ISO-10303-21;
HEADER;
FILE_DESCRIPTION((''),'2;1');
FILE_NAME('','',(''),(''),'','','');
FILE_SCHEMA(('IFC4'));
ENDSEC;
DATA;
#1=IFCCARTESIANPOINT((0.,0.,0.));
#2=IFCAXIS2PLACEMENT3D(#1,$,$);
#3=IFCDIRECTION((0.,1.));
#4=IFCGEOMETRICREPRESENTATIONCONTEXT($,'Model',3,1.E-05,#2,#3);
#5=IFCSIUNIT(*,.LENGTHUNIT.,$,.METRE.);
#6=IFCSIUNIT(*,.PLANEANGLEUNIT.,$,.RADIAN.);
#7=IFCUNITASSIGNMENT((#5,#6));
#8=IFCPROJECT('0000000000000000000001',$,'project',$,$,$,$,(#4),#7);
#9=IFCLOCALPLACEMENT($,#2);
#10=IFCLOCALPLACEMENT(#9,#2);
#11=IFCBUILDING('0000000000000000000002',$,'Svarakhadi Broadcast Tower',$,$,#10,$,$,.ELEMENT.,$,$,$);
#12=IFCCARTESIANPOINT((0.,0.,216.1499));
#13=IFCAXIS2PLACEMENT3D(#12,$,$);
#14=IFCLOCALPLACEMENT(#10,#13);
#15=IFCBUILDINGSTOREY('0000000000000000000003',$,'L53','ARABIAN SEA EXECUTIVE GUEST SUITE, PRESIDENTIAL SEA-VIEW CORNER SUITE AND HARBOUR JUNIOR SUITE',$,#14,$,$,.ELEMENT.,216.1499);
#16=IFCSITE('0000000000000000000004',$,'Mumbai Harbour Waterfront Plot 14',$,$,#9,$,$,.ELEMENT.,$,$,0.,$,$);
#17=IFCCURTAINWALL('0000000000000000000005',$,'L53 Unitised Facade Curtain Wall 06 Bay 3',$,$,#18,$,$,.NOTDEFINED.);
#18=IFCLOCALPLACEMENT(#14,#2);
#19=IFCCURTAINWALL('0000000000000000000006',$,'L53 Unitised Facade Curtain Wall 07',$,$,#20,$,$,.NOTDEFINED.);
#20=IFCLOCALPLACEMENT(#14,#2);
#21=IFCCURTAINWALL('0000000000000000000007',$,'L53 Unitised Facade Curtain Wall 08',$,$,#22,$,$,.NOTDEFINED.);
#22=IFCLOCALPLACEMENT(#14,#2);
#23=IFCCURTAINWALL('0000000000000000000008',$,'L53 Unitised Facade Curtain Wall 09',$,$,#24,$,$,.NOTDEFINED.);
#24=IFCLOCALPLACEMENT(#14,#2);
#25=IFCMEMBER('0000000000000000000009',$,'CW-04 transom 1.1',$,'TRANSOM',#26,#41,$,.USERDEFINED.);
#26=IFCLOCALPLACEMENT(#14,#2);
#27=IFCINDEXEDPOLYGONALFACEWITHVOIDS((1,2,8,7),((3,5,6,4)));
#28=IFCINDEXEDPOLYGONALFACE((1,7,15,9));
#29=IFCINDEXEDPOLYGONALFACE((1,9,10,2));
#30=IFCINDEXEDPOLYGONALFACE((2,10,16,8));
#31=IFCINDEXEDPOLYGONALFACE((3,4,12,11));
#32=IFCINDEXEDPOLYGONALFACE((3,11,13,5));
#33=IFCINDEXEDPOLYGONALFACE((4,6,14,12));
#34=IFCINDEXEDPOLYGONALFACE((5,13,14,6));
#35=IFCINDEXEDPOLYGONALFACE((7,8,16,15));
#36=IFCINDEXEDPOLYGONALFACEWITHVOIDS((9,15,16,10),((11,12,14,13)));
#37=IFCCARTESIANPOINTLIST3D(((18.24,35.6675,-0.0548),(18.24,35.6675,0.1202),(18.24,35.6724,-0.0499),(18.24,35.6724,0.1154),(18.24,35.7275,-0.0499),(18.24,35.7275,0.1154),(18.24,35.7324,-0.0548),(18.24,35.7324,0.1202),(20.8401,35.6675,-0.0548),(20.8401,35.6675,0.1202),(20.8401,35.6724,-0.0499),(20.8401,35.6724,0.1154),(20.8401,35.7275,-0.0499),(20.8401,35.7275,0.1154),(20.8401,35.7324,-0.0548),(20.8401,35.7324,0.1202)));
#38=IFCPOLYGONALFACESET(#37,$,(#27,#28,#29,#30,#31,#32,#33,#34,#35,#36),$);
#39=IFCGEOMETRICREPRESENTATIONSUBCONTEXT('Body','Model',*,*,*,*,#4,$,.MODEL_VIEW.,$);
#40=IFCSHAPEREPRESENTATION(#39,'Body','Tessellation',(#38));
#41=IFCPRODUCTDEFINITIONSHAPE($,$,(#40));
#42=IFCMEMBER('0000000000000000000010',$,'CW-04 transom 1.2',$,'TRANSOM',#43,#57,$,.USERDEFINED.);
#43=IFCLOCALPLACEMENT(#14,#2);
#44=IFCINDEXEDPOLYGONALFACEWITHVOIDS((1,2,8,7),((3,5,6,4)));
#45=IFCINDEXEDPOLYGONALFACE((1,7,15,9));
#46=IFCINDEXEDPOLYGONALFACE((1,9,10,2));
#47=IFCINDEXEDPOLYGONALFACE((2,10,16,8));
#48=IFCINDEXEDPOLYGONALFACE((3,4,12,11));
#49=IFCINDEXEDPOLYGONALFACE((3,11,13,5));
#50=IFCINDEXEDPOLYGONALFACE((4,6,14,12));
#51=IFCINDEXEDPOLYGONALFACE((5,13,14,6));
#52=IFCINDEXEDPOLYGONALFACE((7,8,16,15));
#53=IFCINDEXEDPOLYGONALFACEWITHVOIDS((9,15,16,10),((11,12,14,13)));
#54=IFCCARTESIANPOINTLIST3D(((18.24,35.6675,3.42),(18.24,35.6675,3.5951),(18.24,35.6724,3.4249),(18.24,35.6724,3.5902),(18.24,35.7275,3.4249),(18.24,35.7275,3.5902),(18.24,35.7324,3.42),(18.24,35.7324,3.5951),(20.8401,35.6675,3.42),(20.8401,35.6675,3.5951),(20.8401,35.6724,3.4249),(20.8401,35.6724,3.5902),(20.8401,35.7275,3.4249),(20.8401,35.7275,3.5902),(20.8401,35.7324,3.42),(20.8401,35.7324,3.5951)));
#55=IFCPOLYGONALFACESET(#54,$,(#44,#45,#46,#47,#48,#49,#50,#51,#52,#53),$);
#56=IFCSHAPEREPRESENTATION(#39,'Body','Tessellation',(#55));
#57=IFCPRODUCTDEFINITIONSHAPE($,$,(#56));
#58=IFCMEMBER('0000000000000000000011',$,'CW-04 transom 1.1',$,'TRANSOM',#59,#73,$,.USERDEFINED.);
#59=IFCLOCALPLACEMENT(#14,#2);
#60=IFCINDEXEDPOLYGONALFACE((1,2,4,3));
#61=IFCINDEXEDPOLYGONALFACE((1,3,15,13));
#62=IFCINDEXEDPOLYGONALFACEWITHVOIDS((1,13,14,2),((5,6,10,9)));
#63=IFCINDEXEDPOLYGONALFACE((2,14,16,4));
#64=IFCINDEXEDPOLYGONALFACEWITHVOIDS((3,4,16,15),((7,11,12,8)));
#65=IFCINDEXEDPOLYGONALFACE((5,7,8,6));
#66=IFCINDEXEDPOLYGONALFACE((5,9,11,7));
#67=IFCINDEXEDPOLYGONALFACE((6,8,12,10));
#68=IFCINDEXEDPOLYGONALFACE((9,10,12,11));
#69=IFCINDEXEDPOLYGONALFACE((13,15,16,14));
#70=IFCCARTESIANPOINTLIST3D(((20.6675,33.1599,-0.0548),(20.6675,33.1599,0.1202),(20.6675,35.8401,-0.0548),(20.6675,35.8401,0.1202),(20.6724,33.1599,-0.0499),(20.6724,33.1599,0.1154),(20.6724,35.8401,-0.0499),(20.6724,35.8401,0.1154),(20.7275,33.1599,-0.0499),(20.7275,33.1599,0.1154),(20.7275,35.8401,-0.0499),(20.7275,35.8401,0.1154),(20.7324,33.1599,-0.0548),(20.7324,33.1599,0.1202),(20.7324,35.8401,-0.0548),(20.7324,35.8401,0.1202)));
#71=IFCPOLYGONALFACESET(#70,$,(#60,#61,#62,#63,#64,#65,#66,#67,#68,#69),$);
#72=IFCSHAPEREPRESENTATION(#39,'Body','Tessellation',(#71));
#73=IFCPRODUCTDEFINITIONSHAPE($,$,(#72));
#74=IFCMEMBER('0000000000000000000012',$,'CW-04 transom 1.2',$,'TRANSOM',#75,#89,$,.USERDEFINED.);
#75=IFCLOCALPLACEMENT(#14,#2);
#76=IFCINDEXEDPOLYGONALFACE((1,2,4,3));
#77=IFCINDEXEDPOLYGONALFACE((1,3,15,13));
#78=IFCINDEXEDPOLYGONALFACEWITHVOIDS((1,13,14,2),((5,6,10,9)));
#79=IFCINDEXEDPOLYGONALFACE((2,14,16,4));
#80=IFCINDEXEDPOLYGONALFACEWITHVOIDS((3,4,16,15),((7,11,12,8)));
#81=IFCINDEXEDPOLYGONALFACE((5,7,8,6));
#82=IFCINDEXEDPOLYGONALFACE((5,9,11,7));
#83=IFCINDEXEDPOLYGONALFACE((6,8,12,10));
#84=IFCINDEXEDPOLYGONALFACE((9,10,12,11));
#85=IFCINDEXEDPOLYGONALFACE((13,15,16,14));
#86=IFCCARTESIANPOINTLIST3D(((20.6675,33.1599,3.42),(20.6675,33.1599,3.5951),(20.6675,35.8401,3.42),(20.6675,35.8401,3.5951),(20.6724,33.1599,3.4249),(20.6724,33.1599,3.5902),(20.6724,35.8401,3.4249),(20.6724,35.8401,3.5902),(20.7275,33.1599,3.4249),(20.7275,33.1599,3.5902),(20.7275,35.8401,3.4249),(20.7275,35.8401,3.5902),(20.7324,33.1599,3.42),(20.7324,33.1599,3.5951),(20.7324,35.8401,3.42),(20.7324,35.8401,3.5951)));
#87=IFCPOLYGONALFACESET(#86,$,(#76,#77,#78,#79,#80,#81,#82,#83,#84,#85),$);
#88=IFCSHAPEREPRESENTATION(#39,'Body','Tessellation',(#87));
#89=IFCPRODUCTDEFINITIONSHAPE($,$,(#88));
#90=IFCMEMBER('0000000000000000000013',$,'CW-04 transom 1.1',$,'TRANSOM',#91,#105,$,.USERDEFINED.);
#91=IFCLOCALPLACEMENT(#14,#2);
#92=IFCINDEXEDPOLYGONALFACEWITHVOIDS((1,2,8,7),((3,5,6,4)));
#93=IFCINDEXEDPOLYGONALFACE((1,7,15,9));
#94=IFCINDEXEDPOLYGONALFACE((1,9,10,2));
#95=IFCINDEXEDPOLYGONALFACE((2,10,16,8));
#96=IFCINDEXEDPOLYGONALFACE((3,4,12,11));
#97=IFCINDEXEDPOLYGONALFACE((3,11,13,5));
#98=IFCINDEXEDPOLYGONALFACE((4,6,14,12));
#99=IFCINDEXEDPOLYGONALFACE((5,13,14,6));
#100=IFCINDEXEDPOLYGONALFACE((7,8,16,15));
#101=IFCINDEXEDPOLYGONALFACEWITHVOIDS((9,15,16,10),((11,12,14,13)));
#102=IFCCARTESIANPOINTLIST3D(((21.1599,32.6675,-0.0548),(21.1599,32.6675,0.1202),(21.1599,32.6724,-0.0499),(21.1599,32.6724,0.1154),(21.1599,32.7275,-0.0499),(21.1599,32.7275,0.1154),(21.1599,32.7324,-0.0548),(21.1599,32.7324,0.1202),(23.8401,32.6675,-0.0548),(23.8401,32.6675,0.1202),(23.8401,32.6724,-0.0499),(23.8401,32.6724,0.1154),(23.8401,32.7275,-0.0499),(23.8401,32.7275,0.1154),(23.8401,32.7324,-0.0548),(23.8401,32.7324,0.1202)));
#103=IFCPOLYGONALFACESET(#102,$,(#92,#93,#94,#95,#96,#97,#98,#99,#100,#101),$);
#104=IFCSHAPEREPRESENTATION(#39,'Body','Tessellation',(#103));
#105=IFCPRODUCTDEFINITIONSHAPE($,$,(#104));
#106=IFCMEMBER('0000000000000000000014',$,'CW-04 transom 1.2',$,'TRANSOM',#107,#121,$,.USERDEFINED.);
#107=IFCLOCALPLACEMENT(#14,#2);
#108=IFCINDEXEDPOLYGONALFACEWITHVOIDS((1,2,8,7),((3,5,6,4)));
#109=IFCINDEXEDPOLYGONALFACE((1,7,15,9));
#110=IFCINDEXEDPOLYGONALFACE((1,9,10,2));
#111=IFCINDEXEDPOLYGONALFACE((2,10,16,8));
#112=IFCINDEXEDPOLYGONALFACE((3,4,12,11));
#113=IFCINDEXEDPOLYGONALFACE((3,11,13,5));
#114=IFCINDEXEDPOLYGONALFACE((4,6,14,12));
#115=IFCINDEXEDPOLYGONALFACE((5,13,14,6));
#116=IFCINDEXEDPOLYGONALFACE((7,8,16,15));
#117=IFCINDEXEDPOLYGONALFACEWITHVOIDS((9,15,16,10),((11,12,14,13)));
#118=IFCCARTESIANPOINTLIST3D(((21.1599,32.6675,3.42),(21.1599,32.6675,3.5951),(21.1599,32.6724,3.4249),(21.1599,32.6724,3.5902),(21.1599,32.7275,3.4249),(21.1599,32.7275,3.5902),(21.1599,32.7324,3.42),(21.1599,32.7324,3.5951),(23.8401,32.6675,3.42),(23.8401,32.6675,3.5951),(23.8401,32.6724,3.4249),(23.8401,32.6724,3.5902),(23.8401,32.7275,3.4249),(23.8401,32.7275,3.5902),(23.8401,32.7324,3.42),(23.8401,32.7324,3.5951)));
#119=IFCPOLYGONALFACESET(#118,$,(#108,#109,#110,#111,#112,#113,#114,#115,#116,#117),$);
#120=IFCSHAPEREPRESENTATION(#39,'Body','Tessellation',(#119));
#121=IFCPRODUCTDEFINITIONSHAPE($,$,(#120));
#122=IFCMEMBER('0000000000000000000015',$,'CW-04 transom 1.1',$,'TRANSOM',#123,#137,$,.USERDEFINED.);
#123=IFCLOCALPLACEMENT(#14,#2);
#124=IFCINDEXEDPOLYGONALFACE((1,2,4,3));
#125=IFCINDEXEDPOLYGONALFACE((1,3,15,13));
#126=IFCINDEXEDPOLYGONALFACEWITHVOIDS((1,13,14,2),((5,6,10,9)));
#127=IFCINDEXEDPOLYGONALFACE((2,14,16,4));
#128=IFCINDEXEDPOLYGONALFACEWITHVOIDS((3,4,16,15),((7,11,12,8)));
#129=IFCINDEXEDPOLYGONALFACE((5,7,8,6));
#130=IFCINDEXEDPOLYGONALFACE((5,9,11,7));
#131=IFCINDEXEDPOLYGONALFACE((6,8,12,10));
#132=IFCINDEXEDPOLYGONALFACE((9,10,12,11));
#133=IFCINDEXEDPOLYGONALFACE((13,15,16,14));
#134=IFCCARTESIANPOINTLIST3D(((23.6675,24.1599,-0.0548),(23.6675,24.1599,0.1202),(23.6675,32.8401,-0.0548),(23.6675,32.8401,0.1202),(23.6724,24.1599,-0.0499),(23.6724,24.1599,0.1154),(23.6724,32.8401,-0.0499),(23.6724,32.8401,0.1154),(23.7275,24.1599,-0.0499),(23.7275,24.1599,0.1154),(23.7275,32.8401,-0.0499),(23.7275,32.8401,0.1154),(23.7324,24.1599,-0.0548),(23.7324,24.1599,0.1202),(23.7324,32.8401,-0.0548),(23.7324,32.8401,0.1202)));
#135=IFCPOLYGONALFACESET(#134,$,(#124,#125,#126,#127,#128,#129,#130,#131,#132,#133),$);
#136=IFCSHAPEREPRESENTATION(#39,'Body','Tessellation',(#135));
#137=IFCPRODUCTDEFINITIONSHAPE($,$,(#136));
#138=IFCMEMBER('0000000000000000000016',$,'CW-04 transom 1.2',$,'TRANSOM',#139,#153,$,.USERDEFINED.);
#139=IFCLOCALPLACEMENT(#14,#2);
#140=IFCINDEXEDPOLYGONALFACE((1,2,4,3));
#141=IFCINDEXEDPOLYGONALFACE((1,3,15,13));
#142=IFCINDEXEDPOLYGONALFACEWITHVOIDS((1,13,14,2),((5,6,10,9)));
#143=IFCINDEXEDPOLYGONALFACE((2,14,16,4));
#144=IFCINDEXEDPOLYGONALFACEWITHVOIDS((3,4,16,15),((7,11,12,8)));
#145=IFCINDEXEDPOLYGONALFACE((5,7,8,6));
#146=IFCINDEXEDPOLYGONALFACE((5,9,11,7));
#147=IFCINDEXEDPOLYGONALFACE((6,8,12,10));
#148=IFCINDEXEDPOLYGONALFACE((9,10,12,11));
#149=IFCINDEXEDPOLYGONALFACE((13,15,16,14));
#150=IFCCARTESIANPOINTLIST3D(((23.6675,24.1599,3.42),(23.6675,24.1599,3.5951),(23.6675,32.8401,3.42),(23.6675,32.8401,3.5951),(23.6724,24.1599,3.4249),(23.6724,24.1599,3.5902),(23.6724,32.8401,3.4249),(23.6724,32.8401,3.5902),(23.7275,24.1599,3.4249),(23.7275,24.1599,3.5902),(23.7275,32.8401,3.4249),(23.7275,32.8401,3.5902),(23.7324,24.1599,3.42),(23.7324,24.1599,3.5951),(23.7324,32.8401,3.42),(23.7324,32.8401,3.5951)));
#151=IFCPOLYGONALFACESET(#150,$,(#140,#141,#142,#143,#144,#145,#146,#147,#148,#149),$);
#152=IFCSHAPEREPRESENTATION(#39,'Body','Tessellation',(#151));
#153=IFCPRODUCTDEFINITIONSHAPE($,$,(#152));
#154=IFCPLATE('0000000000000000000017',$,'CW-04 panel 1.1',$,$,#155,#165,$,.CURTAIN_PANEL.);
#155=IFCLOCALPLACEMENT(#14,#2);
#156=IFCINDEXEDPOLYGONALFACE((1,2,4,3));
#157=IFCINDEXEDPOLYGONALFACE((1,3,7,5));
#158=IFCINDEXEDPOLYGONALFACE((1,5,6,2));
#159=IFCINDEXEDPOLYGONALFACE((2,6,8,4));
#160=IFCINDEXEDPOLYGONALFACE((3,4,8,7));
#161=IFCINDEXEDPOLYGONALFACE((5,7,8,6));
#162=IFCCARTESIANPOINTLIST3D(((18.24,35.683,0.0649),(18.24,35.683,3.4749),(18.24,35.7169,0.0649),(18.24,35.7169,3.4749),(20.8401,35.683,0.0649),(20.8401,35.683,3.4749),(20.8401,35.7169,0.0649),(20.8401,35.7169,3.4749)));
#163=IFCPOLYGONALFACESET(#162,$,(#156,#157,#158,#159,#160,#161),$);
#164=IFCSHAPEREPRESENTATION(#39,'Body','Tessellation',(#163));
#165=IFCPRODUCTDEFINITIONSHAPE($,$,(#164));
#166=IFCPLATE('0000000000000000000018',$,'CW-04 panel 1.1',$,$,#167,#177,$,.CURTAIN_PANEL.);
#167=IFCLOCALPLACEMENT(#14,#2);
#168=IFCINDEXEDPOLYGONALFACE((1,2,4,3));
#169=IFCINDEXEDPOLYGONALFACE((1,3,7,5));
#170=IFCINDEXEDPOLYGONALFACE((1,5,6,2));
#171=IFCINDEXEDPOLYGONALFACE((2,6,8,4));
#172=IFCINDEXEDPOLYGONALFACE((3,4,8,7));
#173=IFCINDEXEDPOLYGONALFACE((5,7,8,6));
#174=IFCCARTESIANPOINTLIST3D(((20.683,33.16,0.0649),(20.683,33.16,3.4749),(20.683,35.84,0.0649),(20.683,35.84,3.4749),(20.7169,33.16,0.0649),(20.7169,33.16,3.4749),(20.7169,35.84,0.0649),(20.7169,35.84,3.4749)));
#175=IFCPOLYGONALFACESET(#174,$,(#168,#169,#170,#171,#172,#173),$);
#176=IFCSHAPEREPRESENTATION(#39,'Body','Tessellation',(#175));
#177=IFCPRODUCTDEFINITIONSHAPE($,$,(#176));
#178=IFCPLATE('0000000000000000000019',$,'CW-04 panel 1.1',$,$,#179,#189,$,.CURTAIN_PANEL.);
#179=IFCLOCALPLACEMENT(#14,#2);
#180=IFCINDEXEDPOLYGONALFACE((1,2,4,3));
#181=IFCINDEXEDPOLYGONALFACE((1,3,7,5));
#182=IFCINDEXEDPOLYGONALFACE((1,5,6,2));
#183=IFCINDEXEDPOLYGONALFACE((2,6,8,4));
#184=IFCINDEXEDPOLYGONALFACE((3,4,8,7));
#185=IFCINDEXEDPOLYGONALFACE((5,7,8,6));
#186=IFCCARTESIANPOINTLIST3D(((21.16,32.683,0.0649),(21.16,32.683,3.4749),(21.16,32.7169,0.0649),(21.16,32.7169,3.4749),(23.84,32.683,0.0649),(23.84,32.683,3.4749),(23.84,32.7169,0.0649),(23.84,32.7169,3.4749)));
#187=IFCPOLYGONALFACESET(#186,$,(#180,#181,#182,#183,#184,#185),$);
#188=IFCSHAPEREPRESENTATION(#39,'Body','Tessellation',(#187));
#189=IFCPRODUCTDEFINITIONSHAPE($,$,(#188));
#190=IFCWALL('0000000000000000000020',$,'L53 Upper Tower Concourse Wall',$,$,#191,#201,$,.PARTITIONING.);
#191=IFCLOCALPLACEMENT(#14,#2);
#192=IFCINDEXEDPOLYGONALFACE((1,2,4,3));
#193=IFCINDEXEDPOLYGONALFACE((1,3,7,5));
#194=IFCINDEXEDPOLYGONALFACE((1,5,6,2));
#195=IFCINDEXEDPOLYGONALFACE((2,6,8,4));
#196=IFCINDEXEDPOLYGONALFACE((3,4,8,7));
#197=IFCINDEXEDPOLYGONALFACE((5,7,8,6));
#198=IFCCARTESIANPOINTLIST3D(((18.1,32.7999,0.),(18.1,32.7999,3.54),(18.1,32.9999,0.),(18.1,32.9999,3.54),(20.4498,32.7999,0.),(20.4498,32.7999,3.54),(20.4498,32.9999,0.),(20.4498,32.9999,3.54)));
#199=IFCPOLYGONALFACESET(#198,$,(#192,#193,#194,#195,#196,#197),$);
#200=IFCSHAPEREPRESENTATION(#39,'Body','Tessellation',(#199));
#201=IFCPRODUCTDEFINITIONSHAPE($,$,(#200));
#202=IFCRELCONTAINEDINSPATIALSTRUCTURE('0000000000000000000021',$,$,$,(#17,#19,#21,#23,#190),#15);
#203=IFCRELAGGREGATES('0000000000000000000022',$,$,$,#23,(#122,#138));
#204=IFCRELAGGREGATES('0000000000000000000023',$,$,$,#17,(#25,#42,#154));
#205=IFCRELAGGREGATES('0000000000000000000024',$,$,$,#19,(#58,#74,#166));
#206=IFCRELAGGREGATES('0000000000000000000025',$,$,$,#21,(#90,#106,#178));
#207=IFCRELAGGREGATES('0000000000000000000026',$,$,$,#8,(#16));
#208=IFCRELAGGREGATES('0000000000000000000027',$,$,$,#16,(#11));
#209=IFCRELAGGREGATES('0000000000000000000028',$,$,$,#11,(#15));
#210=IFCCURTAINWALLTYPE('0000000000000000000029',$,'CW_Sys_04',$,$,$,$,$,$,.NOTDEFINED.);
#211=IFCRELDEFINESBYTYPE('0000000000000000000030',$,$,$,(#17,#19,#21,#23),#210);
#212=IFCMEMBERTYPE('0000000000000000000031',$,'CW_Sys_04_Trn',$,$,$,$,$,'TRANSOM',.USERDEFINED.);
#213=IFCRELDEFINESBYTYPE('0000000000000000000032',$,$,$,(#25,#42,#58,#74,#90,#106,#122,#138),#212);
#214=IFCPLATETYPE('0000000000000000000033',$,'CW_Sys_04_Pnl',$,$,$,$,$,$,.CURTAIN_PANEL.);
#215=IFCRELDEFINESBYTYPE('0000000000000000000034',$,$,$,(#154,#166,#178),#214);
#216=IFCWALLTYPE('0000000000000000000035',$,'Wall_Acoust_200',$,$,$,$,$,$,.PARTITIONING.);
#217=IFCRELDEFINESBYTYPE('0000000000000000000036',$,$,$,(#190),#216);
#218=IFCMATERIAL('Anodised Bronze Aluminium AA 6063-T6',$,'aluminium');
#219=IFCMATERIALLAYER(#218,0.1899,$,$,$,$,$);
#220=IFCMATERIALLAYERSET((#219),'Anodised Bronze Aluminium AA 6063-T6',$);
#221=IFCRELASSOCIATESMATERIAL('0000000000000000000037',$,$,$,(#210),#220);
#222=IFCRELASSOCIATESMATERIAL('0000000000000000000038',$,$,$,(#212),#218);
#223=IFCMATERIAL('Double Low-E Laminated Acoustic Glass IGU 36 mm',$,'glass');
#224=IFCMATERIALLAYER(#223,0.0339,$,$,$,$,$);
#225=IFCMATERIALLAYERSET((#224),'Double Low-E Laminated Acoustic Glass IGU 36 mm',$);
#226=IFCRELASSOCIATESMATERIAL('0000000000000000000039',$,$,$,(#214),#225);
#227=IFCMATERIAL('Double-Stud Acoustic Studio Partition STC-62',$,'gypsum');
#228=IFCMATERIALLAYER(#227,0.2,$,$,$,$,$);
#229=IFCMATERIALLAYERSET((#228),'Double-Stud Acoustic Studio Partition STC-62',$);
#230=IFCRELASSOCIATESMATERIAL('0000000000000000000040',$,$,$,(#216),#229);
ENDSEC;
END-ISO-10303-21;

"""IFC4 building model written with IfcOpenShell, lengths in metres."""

from ifc_helpers import new_model, si_unit, direction, frame, frame_2d, origin, origin_2d, place, context, subcontext, project, spatial, rectangle, hollow_rectangle, extrude, material, layer, layer_set, material_profile, profile_set, type_object, element, aggregate, save


model = new_model("IFC4")

# Units and contexts
model_context = context("Model", 3, precision=1e-05, world=origin(), true_north=direction((0.0, 1.0)))
body_context = subcontext(model_context, "Body", "Model", "MODEL_VIEW")
ifc_project = project(units=[si_unit("LENGTHUNIT", "METRE"), si_unit("PLANEANGLEUNIT", "RADIAN")], contexts=[model_context])

# Site, building, storey
site_placement = place(None, origin())
site = spatial("IfcSite", under=ifc_project, at=site_placement, Name="Mumbai Harbour Waterfront Plot 14", CompositionType="ELEMENT", RefElevation=0.0)
building_placement = place(site_placement, origin())
building = spatial("IfcBuilding", under=site, at=building_placement, Name="Svarakhadi Broadcast Tower", CompositionType="ELEMENT")
storey_placement = place(building_placement, frame((0.0, 0.0, 216.1499)))
storey = spatial("IfcBuildingStorey", under=building, at=storey_placement, Name="L53", Description="ARABIAN SEA EXECUTIVE GUEST SUITE, PRESIDENTIAL SEA-VIEW CORNER SUITE AND HARBOUR JUNIOR SUITE", CompositionType="ELEMENT", Elevation=216.1499)

# Shared definitions
ifc_material_1 = material(Name="Anodised Bronze Aluminium AA 6063-T6", Category="aluminium")
ifc_layer_1 = layer(ifc_material_1, 0.1899)
ifc_layer_set_1 = layer_set([ifc_layer_1], Name="Anodised Bronze Aluminium AA 6063-T6")
curtain_wall_type = type_object("IfcCurtainWallType", Name="CW_Sys_04", PredefinedType="NOTDEFINED", material=ifc_layer_set_1)

# Curtain walls
curtain_wall_1_placement = place(storey_placement, origin())
curtain_wall_1 = element("IfcCurtainWall", 1, at=curtain_wall_1_placement, inside=storey, type_object=curtain_wall_type, Name="L53 Unitised Facade Curtain Wall 06 Bay 3", PredefinedType="NOTDEFINED")
curtain_wall_2_placement = place(storey_placement, origin())
curtain_wall_2 = element("IfcCurtainWall", 2, at=curtain_wall_2_placement, inside=storey, type_object=curtain_wall_type, Name="L53 Unitised Facade Curtain Wall 07", PredefinedType="NOTDEFINED")
curtain_wall_3_placement = place(storey_placement, origin())
curtain_wall_3 = element("IfcCurtainWall", 3, at=curtain_wall_3_placement, inside=storey, type_object=curtain_wall_type, Name="L53 Unitised Facade Curtain Wall 08", PredefinedType="NOTDEFINED")

# Curtain wall
curtain_wall_4_placement = place(storey_placement, origin())
curtain_wall_4 = element("IfcCurtainWall", 4, at=curtain_wall_4_placement, inside=storey, type_object=curtain_wall_type, Name="L53 Unitised Facade Curtain Wall 09", PredefinedType="NOTDEFINED")

# Members
ifc_material_profile_1 = material_profile(ifc_material_1, hollow_rectangle(XDim=0.0649, YDim=0.175, WallThickness=0.0049, at=origin_2d()), Name="ALU TRANSOM 175x65x5")
ifc_profile_set_1 = profile_set([ifc_material_profile_1], Name="Anodised Bronze Aluminium AA 6063-T6")
member_type_1 = type_object("IfcMemberType", Name="CW_Sys_04_Trn", ElementType="TRANSOM", PredefinedType="USERDEFINED", material=ifc_profile_set_1)
member_1_placement = place(storey_placement, frame((18.24, 35.7, 0.0327), z_axis=(1.0, 0.0, 0.0), x_axis=(0.0, 1.0, 0.0)))
member_1 = element("IfcMember", 5, at=member_1_placement, type_object=member_type_1, Name="CW-04 transom 1.1", ObjectType="TRANSOM", PredefinedType="USERDEFINED", context=body_context, shape_type="SweptSolid", body=[
    extrude(hollow_rectangle(XDim=0.0649, YDim=0.175, WallThickness=0.0049, at=origin_2d()), origin(), (0.0, 0.0, 1.0), 2.6001),
])
member_2_placement = place(storey_placement, frame((18.24, 35.7, 3.5076), z_axis=(1.0, 0.0, 0.0), x_axis=(0.0, 1.0, 0.0)))
member_2 = element("IfcMember", 6, at=member_2_placement, type_object=member_type_1, Name="CW-04 transom 1.2", ObjectType="TRANSOM", PredefinedType="USERDEFINED", context=body_context, shape_type="SweptSolid", body=[
    extrude(hollow_rectangle(XDim=0.0649, YDim=0.175, WallThickness=0.0049, at=origin_2d()), origin(), (0.0, 0.0, 1.0), 2.6001),
])
member_3_placement = place(storey_placement, frame((20.7, 35.8401, 0.0327), z_axis=(0.0, -1.0, 0.0), x_axis=(1.0, 0.0, 0.0)))
member_3 = element("IfcMember", 7, at=member_3_placement, type_object=member_type_1, Name="CW-04 transom 1.1", ObjectType="TRANSOM", PredefinedType="USERDEFINED", context=body_context, shape_type="SweptSolid", body=[
    extrude(hollow_rectangle(XDim=0.0649, YDim=0.175, WallThickness=0.0049, at=origin_2d()), origin(), (0.0, 0.0, 1.0), 2.6802),
])
member_4_placement = place(storey_placement, frame((20.7, 35.8401, 3.5076), z_axis=(0.0, -1.0, 0.0), x_axis=(1.0, 0.0, 0.0)))
member_4 = element("IfcMember", 8, at=member_4_placement, type_object=member_type_1, Name="CW-04 transom 1.2", ObjectType="TRANSOM", PredefinedType="USERDEFINED", context=body_context, shape_type="SweptSolid", body=[
    extrude(hollow_rectangle(XDim=0.0649, YDim=0.175, WallThickness=0.0049, at=origin_2d()), origin(), (0.0, 0.0, 1.0), 2.6802),
])
member_5_placement = place(storey_placement, frame((21.1599, 32.7, 0.0327), z_axis=(1.0, 0.0, 0.0), x_axis=(0.0, 1.0, 0.0)))
member_5 = element("IfcMember", 9, at=member_5_placement, type_object=member_type_1, Name="CW-04 transom 1.1", ObjectType="TRANSOM", PredefinedType="USERDEFINED", context=body_context, shape_type="SweptSolid", body=[
    extrude(hollow_rectangle(XDim=0.0649, YDim=0.175, WallThickness=0.0049, at=origin_2d()), origin(), (0.0, 0.0, 1.0), 2.6802),
])
member_6_placement = place(storey_placement, frame((21.1599, 32.7, 3.5076), z_axis=(1.0, 0.0, 0.0), x_axis=(0.0, 1.0, 0.0)))
member_6 = element("IfcMember", 10, at=member_6_placement, type_object=member_type_1, Name="CW-04 transom 1.2", ObjectType="TRANSOM", PredefinedType="USERDEFINED", context=body_context, shape_type="SweptSolid", body=[
    extrude(hollow_rectangle(XDim=0.0649, YDim=0.175, WallThickness=0.0049, at=origin_2d()), origin(), (0.0, 0.0, 1.0), 2.6802),
])
member_7_placement = place(storey_placement, frame((23.7, 32.8401, 0.0327), z_axis=(0.0, -1.0, 0.0), x_axis=(1.0, 0.0, 0.0)))
member_7 = element("IfcMember", 11, at=member_7_placement, type_object=member_type_1, Name="CW-04 transom 1.1", ObjectType="TRANSOM", PredefinedType="USERDEFINED", context=body_context, shape_type="SweptSolid", body=[
    extrude(hollow_rectangle(XDim=0.0649, YDim=0.175, WallThickness=0.0049, at=origin_2d()), origin(), (0.0, 0.0, 1.0), 8.6802),
])
member_8_placement = place(storey_placement, frame((23.7, 32.8401, 3.5076), z_axis=(0.0, -1.0, 0.0), x_axis=(1.0, 0.0, 0.0)))
member_8 = element("IfcMember", 12, at=member_8_placement, type_object=member_type_1, Name="CW-04 transom 1.2", ObjectType="TRANSOM", PredefinedType="USERDEFINED", context=body_context, shape_type="SweptSolid", body=[
    extrude(hollow_rectangle(XDim=0.0649, YDim=0.175, WallThickness=0.0049, at=origin_2d()), origin(), (0.0, 0.0, 1.0), 8.6802),
])
aggregate(curtain_wall_4, [member_7, member_8])

# Plates
ifc_material_2 = material(Name="Double Low-E Laminated Acoustic Glass IGU 36 mm", Category="glass")
ifc_layer_2 = layer(ifc_material_2, 0.0339)
ifc_layer_set_2 = layer_set([ifc_layer_2], Name="Double Low-E Laminated Acoustic Glass IGU 36 mm")
plate_type = type_object("IfcPlateType", Name="CW_Sys_04_Pnl", PredefinedType="CURTAIN_PANEL", material=ifc_layer_set_2)
plate_1_placement = place(storey_placement, frame((19.54, 35.7, 0.0649), z_axis=(0.0, 0.0, 1.0), x_axis=(1.0, 0.0, 0.0)))
plate_1 = element("IfcPlate", 13, at=plate_1_placement, type_object=plate_type, Name="CW-04 panel 1.1", PredefinedType="CURTAIN_PANEL", context=body_context, shape_type="SweptSolid", body=[
    extrude(rectangle(XDim=2.6001, YDim=0.0339, at=origin_2d()), origin(), (0.0, 0.0, 1.0), 3.4099),
])
aggregate(curtain_wall_1, [member_1, member_2, plate_1])
plate_2_placement = place(storey_placement, frame((20.7, 34.5, 0.0649), z_axis=(0.0, 0.0, 1.0), x_axis=(0.0, -1.0, 0.0)))
plate_2 = element("IfcPlate", 14, at=plate_2_placement, type_object=plate_type, Name="CW-04 panel 1.1", PredefinedType="CURTAIN_PANEL", context=body_context, shape_type="SweptSolid", body=[
    extrude(rectangle(XDim=2.6799, YDim=0.0339, at=origin_2d()), origin(), (0.0, 0.0, 1.0), 3.4099),
])
aggregate(curtain_wall_2, [member_3, member_4, plate_2])
plate_3_placement = place(storey_placement, frame((22.5, 32.7, 0.0649), z_axis=(0.0, 0.0, 1.0), x_axis=(1.0, 0.0, 0.0)))
plate_3 = element("IfcPlate", 15, at=plate_3_placement, type_object=plate_type, Name="CW-04 panel 1.1", PredefinedType="CURTAIN_PANEL", context=body_context, shape_type="SweptSolid", body=[
    extrude(rectangle(XDim=2.6799, YDim=0.0339, at=origin_2d()), origin(), (0.0, 0.0, 1.0), 3.4099),
])
aggregate(curtain_wall_3, [member_5, member_6, plate_3])

# Wall
ifc_material_3 = material(Name="Double-Stud Acoustic Studio Partition STC-62", Category="gypsum")
ifc_layer_3 = layer(ifc_material_3, 0.2)
ifc_layer_set_3 = layer_set([ifc_layer_3], Name="Double-Stud Acoustic Studio Partition STC-62")
wall_type_1 = type_object("IfcWallType", Name="Wall_Acoust_200", PredefinedType="PARTITIONING", material=ifc_layer_set_3)
wall_1_placement = place(storey_placement, frame((18.1001, 32.8999, 0.0), z_axis=(0.0, 0.0, 1.0), x_axis=(1.0, 0.0, 0.0)))
element("IfcWall", 16, at=wall_1_placement, inside=storey, type_object=wall_type_1, Name="L53 Upper Tower Concourse Wall", PredefinedType="PARTITIONING", context=body_context, shape_type="SweptSolid", body=[
    extrude(rectangle(XDim=2.3499, YDim=0.2, at=frame_2d((1.1748, 0.0))), origin(), (0.0, 0.0, 1.0), 3.54),
])

save(model, "model.ifc")
